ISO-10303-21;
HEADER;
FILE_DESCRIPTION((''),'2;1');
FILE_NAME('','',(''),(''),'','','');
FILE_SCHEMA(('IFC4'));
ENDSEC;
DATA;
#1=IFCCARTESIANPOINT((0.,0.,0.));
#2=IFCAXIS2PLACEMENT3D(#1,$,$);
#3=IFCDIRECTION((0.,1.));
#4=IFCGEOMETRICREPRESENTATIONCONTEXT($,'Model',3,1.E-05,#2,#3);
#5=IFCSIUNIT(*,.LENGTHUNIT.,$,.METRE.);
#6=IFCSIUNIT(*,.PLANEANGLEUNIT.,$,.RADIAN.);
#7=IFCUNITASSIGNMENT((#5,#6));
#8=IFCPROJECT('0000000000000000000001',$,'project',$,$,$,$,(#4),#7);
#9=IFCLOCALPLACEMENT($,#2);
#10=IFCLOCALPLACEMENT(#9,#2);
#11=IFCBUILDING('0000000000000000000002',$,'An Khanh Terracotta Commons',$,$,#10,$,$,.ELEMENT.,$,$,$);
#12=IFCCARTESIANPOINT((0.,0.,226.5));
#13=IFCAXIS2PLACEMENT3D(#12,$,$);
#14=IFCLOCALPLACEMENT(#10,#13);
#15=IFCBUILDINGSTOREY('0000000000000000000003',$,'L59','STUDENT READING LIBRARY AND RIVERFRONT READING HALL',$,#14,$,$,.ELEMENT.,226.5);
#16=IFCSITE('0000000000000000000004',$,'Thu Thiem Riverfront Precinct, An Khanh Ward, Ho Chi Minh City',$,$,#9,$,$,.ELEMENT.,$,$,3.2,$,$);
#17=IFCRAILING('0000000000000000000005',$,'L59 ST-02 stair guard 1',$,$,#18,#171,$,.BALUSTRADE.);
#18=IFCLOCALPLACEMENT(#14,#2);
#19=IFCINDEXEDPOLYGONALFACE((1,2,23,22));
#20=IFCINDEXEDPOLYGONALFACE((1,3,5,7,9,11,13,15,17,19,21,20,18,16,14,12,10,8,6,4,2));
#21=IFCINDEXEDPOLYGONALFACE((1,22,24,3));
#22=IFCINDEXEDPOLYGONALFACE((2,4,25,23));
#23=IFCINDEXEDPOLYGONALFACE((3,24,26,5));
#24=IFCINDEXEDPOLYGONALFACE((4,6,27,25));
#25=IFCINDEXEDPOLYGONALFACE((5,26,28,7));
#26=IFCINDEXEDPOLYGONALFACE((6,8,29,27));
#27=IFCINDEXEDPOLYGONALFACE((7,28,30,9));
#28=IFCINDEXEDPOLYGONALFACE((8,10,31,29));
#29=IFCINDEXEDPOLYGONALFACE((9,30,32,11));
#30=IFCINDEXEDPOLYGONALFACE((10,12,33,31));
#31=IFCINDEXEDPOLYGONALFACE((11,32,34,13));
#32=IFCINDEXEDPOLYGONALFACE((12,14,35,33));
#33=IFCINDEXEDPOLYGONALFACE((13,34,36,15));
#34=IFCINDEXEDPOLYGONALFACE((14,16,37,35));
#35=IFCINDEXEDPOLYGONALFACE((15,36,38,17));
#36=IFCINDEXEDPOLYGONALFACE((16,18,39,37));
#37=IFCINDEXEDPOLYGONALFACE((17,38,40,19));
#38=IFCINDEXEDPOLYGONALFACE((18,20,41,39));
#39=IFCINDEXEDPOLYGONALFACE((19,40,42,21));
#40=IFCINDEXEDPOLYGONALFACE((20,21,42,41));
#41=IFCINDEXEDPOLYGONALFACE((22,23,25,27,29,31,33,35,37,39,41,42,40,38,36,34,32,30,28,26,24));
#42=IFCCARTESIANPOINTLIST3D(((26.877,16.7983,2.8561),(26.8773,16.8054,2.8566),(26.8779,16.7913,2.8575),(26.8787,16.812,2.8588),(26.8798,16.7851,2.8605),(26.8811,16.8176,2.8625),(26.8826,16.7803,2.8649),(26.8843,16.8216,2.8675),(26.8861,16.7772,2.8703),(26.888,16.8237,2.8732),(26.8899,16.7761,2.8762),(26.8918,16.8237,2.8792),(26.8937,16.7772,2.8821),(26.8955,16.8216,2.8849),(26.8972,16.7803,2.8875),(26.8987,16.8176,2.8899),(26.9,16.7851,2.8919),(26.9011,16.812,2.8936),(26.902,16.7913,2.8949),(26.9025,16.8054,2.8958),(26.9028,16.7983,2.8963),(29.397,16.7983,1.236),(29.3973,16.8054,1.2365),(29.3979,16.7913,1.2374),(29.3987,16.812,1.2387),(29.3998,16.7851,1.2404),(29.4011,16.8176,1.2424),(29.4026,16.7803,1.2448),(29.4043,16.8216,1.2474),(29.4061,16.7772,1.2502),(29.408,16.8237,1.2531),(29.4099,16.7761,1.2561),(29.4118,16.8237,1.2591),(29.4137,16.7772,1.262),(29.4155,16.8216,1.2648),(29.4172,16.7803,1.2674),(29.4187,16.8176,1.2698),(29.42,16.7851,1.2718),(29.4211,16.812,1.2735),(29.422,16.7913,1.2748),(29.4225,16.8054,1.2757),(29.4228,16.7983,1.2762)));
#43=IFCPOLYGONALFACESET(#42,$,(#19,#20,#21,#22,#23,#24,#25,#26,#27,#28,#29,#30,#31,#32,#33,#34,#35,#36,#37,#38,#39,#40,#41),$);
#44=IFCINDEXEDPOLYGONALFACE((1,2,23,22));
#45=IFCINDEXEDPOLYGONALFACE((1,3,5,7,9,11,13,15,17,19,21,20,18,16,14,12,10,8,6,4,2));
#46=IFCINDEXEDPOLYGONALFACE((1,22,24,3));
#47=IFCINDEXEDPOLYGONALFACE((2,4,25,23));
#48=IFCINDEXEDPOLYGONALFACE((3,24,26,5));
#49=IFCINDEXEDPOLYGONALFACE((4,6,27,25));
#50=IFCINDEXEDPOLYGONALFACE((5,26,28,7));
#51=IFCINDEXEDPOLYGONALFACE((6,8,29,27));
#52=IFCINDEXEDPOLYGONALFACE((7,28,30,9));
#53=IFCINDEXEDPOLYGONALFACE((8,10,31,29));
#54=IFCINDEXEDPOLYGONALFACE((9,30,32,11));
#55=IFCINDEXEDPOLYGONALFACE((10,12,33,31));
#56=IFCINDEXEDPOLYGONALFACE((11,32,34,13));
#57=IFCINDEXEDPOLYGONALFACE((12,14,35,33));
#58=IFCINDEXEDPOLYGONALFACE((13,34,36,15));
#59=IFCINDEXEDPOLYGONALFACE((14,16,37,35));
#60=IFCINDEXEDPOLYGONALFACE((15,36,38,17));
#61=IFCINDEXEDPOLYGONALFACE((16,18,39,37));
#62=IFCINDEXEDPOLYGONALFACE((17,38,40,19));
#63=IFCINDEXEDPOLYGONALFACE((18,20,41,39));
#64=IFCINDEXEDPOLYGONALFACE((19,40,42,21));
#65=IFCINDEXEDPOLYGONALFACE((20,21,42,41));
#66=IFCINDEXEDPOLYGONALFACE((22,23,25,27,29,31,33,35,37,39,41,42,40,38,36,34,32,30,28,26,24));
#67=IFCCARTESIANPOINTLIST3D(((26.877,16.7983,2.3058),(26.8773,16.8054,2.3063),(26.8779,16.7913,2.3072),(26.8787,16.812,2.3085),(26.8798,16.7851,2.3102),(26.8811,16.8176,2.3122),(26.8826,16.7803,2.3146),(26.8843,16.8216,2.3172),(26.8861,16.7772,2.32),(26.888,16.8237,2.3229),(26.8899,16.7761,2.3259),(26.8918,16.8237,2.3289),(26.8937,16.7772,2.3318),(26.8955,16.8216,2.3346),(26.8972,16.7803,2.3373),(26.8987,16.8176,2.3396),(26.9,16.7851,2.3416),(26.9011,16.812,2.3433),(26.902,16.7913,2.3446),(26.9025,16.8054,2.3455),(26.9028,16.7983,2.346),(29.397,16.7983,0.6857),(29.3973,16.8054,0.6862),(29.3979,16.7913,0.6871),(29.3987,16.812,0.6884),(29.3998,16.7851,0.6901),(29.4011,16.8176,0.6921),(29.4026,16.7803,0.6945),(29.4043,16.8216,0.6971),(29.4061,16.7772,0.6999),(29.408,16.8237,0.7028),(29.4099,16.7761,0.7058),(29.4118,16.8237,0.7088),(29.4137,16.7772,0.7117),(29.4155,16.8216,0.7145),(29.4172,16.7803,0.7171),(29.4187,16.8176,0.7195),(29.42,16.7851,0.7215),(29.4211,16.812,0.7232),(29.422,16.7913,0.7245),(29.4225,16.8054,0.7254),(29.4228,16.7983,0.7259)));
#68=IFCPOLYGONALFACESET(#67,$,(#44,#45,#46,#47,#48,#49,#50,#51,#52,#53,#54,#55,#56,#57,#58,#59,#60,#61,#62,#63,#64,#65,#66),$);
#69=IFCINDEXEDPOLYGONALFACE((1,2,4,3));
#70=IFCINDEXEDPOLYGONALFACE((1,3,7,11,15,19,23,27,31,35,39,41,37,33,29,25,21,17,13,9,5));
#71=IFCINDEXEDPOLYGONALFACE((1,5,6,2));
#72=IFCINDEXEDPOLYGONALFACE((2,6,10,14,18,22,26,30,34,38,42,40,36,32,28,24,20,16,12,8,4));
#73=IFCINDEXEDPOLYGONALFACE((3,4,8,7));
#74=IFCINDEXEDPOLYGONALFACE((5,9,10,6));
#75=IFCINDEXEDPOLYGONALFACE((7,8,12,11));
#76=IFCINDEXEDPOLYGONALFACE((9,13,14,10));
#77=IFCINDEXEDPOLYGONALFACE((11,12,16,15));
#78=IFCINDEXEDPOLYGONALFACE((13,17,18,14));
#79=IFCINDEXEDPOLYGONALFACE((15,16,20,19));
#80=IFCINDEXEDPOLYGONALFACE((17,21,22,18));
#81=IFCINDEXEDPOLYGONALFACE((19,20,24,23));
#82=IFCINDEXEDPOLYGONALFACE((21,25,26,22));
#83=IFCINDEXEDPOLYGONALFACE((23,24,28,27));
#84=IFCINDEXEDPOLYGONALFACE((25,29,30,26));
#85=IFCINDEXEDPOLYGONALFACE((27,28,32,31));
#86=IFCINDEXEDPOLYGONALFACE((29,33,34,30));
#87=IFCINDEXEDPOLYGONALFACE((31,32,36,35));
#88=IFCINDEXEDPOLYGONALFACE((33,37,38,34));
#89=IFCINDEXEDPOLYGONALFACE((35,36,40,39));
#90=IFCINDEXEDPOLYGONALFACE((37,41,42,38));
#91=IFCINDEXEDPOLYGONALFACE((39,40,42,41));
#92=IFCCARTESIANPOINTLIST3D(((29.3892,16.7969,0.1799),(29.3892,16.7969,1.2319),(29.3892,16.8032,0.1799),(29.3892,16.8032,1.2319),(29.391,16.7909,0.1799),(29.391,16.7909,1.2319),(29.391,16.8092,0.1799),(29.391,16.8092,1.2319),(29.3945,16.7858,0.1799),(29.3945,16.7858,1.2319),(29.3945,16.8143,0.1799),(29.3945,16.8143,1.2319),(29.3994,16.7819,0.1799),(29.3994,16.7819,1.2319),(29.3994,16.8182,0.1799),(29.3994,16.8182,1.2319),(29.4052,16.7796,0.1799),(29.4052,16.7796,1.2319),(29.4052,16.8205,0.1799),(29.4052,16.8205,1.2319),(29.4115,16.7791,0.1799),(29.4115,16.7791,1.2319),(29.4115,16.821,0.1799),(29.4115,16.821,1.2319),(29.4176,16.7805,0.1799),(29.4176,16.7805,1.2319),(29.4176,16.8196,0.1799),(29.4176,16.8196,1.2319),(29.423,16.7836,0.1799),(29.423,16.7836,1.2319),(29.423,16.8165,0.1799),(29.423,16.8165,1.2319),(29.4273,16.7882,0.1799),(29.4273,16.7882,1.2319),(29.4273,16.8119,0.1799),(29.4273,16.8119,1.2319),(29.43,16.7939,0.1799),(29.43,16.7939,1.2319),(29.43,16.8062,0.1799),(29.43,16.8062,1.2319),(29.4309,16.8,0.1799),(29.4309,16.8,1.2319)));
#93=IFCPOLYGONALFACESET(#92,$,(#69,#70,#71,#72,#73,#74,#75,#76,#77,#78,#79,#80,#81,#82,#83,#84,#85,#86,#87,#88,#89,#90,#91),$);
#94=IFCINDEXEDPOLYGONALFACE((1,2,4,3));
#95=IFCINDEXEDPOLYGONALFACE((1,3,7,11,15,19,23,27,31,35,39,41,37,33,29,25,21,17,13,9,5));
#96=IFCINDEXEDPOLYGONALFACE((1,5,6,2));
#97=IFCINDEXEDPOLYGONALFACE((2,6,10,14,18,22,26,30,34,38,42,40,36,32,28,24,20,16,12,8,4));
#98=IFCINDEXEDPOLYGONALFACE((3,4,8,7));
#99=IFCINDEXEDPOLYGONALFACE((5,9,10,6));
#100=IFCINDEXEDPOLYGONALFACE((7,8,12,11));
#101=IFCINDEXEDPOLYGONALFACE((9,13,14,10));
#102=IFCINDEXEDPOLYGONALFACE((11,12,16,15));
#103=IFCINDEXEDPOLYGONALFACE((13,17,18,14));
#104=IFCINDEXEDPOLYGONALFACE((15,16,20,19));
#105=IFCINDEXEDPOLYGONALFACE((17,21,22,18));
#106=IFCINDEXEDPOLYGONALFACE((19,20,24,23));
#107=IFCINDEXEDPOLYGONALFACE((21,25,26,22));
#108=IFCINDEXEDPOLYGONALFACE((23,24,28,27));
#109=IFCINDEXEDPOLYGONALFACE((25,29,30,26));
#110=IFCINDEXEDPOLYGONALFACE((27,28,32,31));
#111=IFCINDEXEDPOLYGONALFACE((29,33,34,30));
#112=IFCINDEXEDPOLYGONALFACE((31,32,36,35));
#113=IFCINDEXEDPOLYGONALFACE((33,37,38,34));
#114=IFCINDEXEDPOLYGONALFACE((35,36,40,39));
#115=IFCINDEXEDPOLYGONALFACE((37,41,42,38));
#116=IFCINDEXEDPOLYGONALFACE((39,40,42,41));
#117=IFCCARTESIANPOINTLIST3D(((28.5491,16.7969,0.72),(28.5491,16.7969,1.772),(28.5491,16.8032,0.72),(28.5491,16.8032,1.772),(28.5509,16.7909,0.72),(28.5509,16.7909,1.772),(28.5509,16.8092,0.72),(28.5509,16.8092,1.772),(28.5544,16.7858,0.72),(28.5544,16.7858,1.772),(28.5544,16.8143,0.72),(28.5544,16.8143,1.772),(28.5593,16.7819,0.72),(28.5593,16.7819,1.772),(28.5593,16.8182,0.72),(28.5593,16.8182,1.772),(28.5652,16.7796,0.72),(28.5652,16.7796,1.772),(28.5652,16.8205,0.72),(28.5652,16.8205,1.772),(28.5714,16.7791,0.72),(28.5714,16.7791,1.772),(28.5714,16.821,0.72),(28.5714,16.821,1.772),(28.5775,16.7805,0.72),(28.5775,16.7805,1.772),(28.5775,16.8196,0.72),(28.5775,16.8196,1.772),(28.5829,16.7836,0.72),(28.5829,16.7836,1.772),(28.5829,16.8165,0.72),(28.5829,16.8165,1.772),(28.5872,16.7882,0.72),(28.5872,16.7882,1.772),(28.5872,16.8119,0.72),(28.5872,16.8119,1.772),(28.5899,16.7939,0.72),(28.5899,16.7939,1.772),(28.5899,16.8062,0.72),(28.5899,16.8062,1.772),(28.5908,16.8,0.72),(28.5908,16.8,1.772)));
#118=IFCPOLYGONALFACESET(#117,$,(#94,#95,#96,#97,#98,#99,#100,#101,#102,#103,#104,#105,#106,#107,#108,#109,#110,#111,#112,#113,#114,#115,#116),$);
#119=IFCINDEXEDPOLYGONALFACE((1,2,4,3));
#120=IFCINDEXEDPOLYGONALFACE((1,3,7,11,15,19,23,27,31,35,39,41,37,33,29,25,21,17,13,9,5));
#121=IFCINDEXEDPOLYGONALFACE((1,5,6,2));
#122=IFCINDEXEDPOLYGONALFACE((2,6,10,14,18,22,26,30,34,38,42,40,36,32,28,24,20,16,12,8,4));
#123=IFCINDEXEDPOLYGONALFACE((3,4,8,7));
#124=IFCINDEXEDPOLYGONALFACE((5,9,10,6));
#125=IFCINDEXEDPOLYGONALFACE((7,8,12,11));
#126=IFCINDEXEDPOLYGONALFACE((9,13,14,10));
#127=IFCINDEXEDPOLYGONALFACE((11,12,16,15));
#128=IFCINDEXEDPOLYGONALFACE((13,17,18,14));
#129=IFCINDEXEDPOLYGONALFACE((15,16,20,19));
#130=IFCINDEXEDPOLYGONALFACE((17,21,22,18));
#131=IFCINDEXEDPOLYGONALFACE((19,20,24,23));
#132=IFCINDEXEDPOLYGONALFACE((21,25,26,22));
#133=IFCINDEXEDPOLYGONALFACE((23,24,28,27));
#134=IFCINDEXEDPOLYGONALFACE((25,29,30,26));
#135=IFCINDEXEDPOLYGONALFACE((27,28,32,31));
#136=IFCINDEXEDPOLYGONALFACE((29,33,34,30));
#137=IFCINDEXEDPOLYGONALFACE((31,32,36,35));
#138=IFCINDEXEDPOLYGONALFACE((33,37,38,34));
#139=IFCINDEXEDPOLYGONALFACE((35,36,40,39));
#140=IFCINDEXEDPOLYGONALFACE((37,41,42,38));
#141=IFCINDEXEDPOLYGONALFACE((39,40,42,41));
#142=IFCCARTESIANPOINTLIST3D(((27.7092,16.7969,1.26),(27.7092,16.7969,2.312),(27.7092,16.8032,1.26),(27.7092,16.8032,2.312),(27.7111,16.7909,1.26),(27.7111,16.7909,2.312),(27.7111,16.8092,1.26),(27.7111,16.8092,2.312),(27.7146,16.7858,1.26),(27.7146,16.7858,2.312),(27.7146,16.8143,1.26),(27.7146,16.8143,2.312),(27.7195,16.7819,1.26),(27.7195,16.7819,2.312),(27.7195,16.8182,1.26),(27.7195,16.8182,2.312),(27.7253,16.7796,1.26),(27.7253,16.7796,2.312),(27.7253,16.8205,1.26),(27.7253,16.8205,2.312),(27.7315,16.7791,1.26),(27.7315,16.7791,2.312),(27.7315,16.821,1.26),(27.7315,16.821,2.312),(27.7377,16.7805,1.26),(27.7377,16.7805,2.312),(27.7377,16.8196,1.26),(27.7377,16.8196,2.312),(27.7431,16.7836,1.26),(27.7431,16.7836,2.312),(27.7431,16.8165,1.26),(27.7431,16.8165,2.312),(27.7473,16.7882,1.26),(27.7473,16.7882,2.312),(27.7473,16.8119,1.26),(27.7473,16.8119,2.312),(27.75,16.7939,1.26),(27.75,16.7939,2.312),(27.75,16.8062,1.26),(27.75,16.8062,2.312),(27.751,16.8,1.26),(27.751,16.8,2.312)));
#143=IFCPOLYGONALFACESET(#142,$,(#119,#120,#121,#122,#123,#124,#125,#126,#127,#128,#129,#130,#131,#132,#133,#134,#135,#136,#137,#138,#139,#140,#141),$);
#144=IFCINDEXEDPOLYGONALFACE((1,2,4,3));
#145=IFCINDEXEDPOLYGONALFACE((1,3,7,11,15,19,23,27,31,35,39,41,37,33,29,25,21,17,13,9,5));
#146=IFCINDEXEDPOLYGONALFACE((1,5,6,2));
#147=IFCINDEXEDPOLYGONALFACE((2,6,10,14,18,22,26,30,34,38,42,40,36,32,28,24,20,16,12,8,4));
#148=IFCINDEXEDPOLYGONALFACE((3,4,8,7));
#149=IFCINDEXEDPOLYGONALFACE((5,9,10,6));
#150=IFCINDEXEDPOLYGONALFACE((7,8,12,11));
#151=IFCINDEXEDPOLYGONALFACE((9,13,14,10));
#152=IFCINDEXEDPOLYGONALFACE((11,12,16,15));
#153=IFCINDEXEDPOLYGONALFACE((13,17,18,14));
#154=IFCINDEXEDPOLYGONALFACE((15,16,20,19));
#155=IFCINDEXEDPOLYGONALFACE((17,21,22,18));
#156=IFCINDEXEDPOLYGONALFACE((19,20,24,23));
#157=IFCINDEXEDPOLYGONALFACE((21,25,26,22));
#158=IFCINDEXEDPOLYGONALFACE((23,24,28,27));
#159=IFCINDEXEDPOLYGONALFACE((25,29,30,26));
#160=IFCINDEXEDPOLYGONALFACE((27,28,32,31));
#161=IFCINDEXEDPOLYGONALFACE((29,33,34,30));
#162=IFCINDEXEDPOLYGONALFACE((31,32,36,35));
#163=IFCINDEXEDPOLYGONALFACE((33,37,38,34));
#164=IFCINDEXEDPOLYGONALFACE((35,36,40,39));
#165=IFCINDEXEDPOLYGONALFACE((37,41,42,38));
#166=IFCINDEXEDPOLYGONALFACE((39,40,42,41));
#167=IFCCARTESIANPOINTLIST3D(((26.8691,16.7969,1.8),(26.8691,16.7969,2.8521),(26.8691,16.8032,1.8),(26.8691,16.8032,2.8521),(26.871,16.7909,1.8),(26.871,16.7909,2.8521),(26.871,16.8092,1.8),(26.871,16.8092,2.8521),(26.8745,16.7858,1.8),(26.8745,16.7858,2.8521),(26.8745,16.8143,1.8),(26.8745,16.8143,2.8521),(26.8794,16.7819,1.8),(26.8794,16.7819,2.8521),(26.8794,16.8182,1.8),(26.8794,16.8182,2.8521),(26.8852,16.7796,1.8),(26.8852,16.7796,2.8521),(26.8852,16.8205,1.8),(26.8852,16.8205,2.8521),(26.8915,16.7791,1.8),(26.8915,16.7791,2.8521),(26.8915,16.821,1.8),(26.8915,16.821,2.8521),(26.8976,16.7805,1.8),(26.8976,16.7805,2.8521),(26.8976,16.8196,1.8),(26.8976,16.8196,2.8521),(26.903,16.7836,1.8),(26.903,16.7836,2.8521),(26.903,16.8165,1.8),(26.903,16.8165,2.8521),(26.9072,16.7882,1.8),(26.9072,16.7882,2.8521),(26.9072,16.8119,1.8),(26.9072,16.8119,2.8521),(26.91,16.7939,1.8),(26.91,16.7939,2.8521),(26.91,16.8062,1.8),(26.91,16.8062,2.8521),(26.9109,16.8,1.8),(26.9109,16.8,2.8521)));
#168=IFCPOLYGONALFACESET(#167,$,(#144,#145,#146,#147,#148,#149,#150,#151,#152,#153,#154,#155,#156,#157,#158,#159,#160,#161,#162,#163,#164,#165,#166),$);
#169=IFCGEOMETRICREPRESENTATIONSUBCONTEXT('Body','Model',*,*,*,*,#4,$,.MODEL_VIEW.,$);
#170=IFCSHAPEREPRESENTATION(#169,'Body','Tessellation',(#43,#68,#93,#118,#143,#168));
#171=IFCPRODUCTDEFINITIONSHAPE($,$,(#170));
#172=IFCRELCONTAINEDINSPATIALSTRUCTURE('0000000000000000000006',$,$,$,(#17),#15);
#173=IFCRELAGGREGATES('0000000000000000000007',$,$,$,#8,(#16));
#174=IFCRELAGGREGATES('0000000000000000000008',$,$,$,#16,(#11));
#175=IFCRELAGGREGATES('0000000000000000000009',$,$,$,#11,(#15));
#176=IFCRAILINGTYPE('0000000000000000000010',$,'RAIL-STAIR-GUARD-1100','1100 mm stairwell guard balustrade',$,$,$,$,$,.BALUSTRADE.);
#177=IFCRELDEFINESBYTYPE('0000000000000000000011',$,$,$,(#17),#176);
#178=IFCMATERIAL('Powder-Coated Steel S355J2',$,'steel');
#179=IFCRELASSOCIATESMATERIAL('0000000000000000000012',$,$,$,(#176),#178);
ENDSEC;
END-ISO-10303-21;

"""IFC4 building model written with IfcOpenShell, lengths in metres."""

from ifc_helpers import new_model, si_unit, direction, frame, origin, origin_2d, place, context, subcontext, project, spatial, circle, extrude, material, type_object, element, save


model = new_model("IFC4")

# Units and contexts
model_context = context("Model", 3, precision=1e-05, world=origin(), true_north=direction((0.0, 1.0)))
body_context = subcontext(model_context, "Body", "Model", "MODEL_VIEW")
ifc_project = project(units=[si_unit("LENGTHUNIT", "METRE"), si_unit("PLANEANGLEUNIT", "RADIAN")], contexts=[model_context])

# Site, building, storey
site_placement = place(None, origin())
site = spatial("IfcSite", under=ifc_project, at=site_placement, Name="Thu Thiem Riverfront Precinct, An Khanh Ward, Ho Chi Minh City", CompositionType="ELEMENT", RefElevation=3.2)
building_placement = place(site_placement, origin())
building = spatial("IfcBuilding", under=site, at=building_placement, Name="An Khanh Terracotta Commons", CompositionType="ELEMENT")
storey_placement = place(building_placement, frame((0.0, 0.0, 226.5)))
storey = spatial("IfcBuildingStorey", under=building, at=storey_placement, Name="L59", Description="STUDENT READING LIBRARY AND RIVERFRONT READING HALL", CompositionType="ELEMENT", Elevation=226.5)

# Railing
ifc_material_1 = material(Name="Powder-Coated Steel S355J2", Category="steel")
railing_type_1 = type_object("IfcRailingType", Name="RAIL-STAIR-GUARD-1100", Description="1100 mm stairwell guard balustrade", PredefinedType="BALUSTRADE", material=ifc_material_1)
railing_1_placement = place(storey_placement, frame((29.4099, 16.8, 0.1799)))
element("IfcRailing", 1, at=railing_1_placement, inside=storey, type_object=railing_type_1, Name="L59 ST-02 stair guard 1", PredefinedType="BALUSTRADE", context=body_context, shape_type="SweptSolid", body=[
    extrude(circle(Radius=0.0239, at=origin_2d()), frame((0.0, 0.0, 1.0762), z_axis=(-0.841163, 0.0, 0.540782), x_axis=(0.0, -1.0, 0.0)), (0.0, 0.0, 1.0), 2.9958),
    extrude(circle(Radius=0.0239, at=origin_2d()), frame((0.0, 0.0, 0.5259), z_axis=(-0.841163, 0.0, 0.540782), x_axis=(0.0, -1.0, 0.0)), (0.0, 0.0, 1.0), 2.9958),
    extrude(circle(Radius=0.021, at=origin_2d()), origin(), (0.0, 0.0, 1.0), 1.052),
    extrude(circle(Radius=0.021, at=origin_2d()), frame((-0.8401, 0.0, 0.54)), (0.0, 0.0, 1.0), 1.052),
    extrude(circle(Radius=0.021, at=origin_2d()), frame((-1.6799, 0.0, 1.0801)), (0.0, 0.0, 1.0), 1.052),
    extrude(circle(Radius=0.021, at=origin_2d()), frame((-2.52, 0.0, 1.6201)), (0.0, 0.0, 1.0), 1.052),
])

save(model, "model.ifc")
